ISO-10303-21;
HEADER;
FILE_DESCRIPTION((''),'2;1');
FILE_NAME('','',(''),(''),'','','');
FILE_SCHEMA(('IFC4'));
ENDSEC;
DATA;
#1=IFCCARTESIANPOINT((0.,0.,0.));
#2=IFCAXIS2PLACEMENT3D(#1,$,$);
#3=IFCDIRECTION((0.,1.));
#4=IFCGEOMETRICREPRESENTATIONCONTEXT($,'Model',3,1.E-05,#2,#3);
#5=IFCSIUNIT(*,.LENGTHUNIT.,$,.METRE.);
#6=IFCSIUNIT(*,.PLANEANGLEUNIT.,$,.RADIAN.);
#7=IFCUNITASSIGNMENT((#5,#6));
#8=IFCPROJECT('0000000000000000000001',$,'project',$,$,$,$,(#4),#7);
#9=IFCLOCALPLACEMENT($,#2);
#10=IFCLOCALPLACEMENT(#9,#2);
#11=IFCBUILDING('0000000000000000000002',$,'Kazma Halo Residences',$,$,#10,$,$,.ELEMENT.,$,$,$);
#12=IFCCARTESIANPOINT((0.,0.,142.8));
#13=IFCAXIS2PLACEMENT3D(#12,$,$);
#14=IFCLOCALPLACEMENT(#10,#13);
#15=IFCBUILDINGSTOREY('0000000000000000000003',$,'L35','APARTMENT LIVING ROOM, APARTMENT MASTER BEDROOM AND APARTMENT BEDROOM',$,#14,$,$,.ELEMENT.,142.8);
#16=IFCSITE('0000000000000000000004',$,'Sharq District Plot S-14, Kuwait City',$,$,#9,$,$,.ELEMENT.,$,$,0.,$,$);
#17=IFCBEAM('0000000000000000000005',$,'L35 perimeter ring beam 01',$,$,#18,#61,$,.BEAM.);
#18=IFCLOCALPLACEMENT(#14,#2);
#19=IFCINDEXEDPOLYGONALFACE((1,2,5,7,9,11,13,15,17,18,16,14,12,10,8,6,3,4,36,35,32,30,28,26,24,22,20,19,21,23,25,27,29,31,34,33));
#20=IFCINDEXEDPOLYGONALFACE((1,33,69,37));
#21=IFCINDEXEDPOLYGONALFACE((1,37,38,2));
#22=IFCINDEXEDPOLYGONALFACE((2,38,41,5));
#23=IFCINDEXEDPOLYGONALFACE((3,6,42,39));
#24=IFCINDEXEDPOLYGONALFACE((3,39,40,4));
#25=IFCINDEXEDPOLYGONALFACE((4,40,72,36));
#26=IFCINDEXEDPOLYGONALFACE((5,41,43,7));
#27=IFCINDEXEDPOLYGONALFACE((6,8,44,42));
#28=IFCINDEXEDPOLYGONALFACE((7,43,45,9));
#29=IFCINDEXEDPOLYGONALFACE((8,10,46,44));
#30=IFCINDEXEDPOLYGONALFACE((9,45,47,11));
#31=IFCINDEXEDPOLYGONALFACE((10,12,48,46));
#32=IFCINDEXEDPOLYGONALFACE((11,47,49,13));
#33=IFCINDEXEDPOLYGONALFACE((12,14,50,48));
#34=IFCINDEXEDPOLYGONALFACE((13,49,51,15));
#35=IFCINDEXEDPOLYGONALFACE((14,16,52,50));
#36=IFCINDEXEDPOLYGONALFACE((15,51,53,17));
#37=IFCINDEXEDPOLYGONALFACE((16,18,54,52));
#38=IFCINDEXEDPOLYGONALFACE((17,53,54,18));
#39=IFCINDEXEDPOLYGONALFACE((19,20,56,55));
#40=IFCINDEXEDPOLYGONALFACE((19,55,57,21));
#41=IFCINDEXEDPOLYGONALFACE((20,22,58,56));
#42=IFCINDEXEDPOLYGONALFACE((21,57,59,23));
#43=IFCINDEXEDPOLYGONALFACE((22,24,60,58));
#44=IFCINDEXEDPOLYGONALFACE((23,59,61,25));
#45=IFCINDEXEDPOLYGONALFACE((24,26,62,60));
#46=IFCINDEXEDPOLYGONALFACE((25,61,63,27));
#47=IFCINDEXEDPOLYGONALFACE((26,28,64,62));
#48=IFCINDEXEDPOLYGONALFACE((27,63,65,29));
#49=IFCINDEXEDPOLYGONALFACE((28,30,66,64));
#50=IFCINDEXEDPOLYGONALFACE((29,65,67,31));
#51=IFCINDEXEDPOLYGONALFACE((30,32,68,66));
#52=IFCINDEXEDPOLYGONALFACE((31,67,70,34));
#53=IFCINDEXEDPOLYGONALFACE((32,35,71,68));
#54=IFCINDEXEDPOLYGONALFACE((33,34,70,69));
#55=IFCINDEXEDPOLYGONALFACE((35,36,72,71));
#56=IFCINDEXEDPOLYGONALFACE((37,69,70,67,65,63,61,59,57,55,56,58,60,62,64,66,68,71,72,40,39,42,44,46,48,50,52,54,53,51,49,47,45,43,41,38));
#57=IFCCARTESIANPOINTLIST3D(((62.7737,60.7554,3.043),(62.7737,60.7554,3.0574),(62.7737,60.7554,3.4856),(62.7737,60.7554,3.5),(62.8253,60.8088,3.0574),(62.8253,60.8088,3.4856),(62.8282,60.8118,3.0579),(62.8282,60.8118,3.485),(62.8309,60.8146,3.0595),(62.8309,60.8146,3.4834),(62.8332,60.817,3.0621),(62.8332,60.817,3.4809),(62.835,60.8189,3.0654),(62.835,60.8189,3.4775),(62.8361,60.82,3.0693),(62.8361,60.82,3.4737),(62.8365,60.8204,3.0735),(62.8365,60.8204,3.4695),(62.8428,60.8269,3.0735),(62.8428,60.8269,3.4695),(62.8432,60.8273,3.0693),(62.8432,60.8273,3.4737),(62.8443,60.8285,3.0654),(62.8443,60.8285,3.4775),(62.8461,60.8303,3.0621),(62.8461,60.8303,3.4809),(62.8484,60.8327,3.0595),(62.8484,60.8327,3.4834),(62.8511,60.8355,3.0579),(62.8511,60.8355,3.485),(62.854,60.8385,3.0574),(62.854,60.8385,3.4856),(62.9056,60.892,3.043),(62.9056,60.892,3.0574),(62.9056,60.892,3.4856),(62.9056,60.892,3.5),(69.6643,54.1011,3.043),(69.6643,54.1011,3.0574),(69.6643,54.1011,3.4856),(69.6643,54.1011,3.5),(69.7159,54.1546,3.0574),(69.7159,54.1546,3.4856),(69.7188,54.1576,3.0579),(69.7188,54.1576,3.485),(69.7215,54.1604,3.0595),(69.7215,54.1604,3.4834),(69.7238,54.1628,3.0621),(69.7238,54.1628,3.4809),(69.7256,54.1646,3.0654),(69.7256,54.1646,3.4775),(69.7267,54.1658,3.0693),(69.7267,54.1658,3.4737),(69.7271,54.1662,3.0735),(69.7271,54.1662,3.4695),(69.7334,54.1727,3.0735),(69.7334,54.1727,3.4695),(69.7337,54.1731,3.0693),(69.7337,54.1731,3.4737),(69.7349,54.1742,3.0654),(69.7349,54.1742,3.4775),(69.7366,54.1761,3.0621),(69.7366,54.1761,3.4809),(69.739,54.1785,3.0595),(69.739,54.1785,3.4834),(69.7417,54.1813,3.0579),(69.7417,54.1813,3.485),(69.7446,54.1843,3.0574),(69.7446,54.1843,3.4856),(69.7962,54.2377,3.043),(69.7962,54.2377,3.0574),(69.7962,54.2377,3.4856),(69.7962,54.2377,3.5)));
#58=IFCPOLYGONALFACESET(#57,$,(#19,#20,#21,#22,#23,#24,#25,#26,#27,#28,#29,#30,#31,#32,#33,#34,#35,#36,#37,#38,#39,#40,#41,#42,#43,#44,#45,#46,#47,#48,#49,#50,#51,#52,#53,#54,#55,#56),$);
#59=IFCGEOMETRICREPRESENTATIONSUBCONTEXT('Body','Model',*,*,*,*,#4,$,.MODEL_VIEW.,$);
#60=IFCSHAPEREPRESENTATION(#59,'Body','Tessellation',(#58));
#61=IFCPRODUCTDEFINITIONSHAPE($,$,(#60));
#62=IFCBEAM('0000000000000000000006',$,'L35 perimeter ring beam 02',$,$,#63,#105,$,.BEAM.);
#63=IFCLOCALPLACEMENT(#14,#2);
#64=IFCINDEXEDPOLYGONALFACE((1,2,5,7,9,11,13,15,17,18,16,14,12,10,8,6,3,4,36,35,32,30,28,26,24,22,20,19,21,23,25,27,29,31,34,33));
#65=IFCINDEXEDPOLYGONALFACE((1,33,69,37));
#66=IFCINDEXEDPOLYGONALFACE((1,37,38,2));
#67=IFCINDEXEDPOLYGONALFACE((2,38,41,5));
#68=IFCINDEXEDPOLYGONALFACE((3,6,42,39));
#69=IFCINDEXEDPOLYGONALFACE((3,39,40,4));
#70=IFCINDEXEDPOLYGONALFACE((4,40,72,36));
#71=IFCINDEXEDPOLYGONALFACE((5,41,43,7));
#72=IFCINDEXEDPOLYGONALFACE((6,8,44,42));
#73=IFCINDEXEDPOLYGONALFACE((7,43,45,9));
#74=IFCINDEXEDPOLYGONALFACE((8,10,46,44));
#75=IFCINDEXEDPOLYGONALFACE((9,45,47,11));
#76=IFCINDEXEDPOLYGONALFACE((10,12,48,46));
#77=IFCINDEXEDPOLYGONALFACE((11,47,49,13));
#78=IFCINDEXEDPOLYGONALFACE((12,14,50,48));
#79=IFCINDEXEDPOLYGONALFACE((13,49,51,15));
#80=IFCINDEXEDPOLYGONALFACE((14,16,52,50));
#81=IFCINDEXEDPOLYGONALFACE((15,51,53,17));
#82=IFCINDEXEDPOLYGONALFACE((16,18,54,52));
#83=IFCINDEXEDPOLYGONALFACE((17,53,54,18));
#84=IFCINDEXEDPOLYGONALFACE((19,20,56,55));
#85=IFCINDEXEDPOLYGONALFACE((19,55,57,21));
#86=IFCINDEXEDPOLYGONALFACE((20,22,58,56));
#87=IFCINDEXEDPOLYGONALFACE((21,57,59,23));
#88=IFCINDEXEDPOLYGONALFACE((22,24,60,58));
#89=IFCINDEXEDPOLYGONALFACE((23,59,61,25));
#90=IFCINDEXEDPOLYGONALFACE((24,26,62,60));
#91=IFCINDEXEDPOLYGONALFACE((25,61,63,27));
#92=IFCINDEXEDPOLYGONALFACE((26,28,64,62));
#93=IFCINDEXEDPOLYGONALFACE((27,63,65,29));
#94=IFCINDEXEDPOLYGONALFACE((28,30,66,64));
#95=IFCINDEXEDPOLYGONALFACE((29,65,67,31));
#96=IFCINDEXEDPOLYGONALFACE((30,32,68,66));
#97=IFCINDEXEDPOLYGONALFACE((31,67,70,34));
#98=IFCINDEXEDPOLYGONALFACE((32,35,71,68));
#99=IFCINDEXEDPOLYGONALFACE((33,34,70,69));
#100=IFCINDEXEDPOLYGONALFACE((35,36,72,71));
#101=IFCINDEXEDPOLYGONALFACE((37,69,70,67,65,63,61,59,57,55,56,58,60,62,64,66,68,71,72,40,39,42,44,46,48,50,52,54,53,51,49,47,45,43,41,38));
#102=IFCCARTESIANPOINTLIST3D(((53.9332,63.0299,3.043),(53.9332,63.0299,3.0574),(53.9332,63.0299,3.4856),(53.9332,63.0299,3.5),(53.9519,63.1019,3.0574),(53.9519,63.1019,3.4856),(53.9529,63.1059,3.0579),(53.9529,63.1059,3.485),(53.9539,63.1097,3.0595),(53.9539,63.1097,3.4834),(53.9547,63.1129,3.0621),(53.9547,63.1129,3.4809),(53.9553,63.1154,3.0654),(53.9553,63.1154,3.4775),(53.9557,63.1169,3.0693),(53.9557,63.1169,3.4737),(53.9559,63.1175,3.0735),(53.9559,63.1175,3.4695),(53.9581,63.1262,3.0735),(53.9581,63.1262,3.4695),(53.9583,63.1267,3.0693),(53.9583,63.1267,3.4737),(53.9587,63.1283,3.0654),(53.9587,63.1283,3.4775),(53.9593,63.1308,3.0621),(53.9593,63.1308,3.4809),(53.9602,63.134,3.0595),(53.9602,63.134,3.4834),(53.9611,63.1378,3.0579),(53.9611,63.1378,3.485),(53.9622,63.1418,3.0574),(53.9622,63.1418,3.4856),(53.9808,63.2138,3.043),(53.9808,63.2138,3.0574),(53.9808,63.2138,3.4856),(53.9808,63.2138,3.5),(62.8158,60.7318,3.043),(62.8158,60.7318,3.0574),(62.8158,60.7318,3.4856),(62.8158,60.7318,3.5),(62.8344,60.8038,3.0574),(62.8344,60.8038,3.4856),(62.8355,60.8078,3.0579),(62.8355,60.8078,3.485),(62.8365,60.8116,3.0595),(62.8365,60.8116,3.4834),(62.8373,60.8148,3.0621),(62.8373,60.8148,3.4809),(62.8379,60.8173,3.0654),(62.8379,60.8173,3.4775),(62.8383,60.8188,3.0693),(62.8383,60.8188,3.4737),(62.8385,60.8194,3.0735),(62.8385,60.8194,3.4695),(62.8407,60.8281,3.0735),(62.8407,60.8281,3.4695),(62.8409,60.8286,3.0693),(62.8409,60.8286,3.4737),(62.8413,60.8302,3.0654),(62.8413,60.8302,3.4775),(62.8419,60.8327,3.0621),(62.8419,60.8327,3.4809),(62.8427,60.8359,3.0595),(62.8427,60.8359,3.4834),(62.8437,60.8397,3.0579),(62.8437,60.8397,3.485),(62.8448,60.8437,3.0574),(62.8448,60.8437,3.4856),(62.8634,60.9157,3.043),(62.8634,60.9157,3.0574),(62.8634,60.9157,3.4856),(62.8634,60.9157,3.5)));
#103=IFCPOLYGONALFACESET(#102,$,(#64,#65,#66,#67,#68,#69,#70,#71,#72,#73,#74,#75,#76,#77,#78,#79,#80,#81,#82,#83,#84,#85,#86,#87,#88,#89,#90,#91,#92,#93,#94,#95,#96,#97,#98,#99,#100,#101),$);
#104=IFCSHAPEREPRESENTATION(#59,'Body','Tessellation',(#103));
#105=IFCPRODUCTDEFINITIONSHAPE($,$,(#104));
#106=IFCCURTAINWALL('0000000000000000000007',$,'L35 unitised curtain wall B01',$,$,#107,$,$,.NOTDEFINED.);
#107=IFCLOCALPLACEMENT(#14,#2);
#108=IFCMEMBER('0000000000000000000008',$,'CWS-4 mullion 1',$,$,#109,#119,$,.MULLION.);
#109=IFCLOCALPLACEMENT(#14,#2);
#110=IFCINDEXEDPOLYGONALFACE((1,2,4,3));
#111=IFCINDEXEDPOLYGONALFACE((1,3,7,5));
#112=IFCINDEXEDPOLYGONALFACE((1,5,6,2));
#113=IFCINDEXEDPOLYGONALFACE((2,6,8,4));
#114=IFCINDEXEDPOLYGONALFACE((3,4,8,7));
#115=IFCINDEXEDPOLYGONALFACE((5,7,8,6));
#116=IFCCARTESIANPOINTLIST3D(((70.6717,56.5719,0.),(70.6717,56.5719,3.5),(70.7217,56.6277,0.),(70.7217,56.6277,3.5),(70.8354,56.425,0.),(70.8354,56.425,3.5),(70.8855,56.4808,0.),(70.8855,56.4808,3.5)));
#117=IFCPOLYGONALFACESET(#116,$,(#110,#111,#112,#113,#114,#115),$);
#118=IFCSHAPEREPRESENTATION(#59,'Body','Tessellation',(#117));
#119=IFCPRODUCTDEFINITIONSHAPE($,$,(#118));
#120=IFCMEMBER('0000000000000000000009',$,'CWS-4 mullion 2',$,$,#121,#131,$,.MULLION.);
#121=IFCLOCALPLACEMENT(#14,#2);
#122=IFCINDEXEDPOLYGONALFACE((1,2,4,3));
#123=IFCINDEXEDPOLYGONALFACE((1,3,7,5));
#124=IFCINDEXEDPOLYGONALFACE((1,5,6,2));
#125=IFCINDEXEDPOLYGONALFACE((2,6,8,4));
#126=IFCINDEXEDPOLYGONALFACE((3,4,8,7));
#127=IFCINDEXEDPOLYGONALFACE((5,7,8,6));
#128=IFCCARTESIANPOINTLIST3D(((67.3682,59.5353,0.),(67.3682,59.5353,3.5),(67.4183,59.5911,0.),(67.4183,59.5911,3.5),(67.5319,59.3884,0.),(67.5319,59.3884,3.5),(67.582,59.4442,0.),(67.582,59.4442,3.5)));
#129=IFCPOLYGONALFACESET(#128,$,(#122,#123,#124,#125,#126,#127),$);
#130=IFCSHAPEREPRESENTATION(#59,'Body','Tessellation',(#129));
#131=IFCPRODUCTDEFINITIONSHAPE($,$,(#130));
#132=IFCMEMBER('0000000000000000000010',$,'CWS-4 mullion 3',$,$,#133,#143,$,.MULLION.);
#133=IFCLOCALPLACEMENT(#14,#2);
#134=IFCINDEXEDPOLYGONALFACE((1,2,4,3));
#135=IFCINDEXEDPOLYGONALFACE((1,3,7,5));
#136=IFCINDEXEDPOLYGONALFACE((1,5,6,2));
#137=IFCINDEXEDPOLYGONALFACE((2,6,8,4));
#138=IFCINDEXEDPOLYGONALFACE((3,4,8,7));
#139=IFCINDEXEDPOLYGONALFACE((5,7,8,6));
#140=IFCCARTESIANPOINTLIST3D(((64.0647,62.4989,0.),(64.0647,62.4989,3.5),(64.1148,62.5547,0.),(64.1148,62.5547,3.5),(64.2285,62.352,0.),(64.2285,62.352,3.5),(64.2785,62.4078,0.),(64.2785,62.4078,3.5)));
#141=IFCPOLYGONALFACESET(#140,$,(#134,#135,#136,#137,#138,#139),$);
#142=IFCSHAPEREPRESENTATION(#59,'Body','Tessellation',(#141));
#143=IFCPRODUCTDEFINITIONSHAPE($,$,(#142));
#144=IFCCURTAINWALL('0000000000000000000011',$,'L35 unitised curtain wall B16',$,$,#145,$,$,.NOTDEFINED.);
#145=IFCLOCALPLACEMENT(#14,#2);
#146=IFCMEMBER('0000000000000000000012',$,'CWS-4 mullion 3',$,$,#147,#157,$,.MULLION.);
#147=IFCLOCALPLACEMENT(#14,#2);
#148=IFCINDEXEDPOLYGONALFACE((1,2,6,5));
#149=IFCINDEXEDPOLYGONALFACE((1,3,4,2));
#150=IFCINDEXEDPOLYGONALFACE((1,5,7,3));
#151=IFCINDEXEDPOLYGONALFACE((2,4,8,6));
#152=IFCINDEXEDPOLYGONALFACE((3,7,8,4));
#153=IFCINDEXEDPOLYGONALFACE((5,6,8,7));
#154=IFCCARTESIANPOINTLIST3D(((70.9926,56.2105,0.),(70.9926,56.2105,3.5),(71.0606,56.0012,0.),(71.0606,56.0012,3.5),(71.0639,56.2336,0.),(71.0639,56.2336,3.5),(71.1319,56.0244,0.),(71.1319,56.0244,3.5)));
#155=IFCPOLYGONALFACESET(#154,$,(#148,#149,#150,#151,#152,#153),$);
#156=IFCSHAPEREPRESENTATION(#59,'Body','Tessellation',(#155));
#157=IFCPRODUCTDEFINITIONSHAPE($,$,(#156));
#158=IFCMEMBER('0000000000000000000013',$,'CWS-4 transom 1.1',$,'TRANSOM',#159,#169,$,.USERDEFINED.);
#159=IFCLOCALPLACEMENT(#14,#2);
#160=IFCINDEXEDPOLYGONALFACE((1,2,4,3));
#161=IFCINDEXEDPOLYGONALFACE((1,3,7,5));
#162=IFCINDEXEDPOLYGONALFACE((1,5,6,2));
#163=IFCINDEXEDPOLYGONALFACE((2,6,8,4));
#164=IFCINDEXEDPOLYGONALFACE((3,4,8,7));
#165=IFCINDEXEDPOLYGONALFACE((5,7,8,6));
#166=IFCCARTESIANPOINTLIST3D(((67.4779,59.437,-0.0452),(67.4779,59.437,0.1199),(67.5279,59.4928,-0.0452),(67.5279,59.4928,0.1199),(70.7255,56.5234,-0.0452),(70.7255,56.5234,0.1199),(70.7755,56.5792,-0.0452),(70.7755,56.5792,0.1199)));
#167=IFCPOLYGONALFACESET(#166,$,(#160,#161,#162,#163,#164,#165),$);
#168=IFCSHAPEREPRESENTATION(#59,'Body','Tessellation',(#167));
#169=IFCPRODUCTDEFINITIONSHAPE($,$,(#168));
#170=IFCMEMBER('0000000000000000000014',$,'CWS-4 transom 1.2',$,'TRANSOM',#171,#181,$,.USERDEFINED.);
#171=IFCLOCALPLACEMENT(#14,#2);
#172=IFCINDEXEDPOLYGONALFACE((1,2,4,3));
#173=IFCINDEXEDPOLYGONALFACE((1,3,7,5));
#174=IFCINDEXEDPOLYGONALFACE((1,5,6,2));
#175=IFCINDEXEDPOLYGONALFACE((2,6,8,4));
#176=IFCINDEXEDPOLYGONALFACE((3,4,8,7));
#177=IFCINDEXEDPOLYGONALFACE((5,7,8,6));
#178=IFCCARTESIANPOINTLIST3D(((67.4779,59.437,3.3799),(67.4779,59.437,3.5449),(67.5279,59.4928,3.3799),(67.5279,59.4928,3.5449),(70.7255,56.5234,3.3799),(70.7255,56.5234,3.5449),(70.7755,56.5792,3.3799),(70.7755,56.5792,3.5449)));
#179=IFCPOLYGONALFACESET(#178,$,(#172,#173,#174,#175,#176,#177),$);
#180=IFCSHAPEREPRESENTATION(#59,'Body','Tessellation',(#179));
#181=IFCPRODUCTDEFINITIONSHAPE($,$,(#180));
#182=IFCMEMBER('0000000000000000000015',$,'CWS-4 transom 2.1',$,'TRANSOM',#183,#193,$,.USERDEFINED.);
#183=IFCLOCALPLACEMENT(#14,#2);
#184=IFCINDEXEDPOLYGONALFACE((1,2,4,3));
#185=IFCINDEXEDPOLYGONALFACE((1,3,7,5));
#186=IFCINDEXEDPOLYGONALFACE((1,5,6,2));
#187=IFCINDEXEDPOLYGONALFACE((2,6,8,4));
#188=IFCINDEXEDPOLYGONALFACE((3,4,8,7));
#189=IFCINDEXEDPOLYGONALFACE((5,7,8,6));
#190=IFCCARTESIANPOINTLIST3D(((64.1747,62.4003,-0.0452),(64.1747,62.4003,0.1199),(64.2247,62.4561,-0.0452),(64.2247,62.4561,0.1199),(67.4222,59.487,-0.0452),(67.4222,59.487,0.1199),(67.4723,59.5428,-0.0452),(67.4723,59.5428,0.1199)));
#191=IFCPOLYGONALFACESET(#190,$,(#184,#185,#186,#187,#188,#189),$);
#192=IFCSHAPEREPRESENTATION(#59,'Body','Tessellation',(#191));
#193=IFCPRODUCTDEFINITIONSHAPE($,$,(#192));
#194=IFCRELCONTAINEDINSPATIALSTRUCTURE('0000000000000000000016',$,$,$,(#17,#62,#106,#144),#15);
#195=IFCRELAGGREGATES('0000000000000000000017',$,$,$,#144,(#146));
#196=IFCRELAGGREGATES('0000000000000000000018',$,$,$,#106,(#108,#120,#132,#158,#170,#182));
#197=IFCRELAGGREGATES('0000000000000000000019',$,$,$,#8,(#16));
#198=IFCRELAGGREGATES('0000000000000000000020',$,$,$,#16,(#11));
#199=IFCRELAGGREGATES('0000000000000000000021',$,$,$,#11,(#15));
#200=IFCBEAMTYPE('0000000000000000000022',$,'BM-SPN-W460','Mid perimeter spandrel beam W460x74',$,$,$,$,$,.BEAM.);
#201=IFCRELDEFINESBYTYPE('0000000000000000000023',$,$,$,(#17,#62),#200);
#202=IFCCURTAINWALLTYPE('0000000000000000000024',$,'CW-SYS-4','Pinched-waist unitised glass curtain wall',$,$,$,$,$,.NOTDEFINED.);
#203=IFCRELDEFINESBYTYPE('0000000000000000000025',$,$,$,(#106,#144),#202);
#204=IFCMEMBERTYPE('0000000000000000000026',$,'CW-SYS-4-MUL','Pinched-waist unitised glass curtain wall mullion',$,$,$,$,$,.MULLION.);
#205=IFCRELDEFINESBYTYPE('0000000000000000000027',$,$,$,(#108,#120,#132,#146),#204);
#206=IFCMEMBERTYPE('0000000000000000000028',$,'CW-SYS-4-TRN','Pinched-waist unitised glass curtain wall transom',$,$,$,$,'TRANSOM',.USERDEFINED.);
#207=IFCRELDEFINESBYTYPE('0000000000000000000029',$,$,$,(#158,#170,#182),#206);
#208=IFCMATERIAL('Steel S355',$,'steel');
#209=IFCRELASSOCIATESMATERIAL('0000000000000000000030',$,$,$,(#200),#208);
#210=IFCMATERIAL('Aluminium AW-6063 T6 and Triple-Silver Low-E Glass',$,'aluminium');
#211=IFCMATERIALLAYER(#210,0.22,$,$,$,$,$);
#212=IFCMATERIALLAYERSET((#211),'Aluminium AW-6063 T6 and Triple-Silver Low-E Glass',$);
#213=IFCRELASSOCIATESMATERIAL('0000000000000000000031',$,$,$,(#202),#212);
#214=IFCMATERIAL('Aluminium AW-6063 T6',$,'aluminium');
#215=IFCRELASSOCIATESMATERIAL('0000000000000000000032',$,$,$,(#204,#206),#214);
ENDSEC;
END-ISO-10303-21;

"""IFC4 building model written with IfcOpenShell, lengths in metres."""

from ifc_helpers import new_model, si_unit, direction, frame, origin, origin_2d, place, context, subcontext, project, spatial, rectangle, i_section, extrude, material, layer, layer_set, material_profile, profile_set, type_object, element, aggregate, save


model = new_model("IFC4")

# Units and contexts
model_context = context("Model", 3, precision=1e-05, world=origin(), true_north=direction((0.0, 1.0)))
body_context = subcontext(model_context, "Body", "Model", "MODEL_VIEW")
ifc_project = project(units=[si_unit("LENGTHUNIT", "METRE"), si_unit("PLANEANGLEUNIT", "RADIAN")], contexts=[model_context])

# Site, building, storey
site_placement = place(None, origin())
site = spatial("IfcSite", under=ifc_project, at=site_placement, Name="Sharq District Plot S-14, Kuwait City", CompositionType="ELEMENT", RefElevation=0.0)
building_placement = place(site_placement, origin())
building = spatial("IfcBuilding", under=site, at=building_placement, Name="Kazma Halo Residences", CompositionType="ELEMENT")
storey_placement = place(building_placement, frame((0.0, 0.0, 142.8)))
storey = spatial("IfcBuildingStorey", under=building, at=storey_placement, Name="L35", Description="APARTMENT LIVING ROOM, APARTMENT MASTER BEDROOM AND APARTMENT BEDROOM", CompositionType="ELEMENT", Elevation=142.8)

# Beams
ifc_material_1 = material(Name="Steel S355", Category="steel")
ifc_material_profile_1 = material_profile(ifc_material_1, i_section(OverallWidth=0.1899, OverallDepth=0.457, WebThickness=0.009, FlangeThickness=0.0144, FilletRadius=0.0161, at=origin_2d()), Name="W460x74")
ifc_profile_set_1 = profile_set([ifc_material_profile_1], Name="Steel S355")
beam_type_1 = type_object("IfcBeamType", Name="BM-SPN-W460", Description="Mid perimeter spandrel beam W460x74", PredefinedType="BEAM", material=ifc_profile_set_1)
beam_1_placement = place(storey_placement, frame((69.7302, 54.1694, 3.2715), z_axis=(-0.719335, 0.694664, 0.0), x_axis=(-0.694664, -0.719335, 0.0)))
element("IfcBeam", 1, at=beam_1_placement, inside=storey, type_object=beam_type_1, Name="L35 perimeter ring beam 01", PredefinedType="BEAM", context=body_context, shape_type="SweptSolid", body=[
    extrude(i_section(OverallWidth=0.1899, OverallDepth=0.457, WebThickness=0.009, FlangeThickness=0.0144, FilletRadius=0.0161, at=origin_2d()), origin(), (0.0, 0.0, 1.0), 9.5791),
])
beam_2_placement = place(storey_placement, frame((62.8396, 60.8237, 3.2715), z_axis=(-0.968124, 0.250473, 0.0), x_axis=(-0.250473, -0.968124, 0.0)))
element("IfcBeam", 2, at=beam_2_placement, inside=storey, type_object=beam_type_1, Name="L35 perimeter ring beam 02", PredefinedType="BEAM", context=body_context, shape_type="SweptSolid", body=[
    extrude(i_section(OverallWidth=0.1899, OverallDepth=0.457, WebThickness=0.009, FlangeThickness=0.0144, FilletRadius=0.0161, at=origin_2d()), origin(), (0.0, 0.0, 1.0), 9.175),
])

# Curtain wall, members
ifc_material_2 = material(Name="Aluminium AW-6063 T6 and Triple-Silver Low-E Glass", Category="aluminium")
ifc_layer_1 = layer(ifc_material_2, 0.22)
ifc_layer_set_1 = layer_set([ifc_layer_1], Name="Aluminium AW-6063 T6 and Triple-Silver Low-E Glass")
curtain_wall_type = type_object("IfcCurtainWallType", Name="CW-SYS-4", Description="Pinched-waist unitised glass curtain wall", PredefinedType="NOTDEFINED", material=ifc_layer_set_1)
curtain_wall_1_placement = place(storey_placement, origin())
curtain_wall_1 = element("IfcCurtainWall", 3, at=curtain_wall_1_placement, inside=storey, type_object=curtain_wall_type, Name="L35 unitised curtain wall B01", PredefinedType="NOTDEFINED")
ifc_material_3 = material(Name="Aluminium AW-6063 T6", Category="aluminium")
ifc_material_profile_2 = material_profile(ifc_material_3, rectangle(XDim=0.075, YDim=0.22, at=origin_2d()), Name="CWM-75x220")
ifc_profile_set_2 = profile_set([ifc_material_profile_2], Name="Aluminium AW-6063 T6")
member_type_1 = type_object("IfcMemberType", Name="CW-SYS-4-MUL", Description="Pinched-waist unitised glass curtain wall mullion", PredefinedType="MULLION", material=ifc_profile_set_2)
member_1_placement = place(storey_placement, frame((70.7786, 56.5264, 0.0), z_axis=(0.0, 0.0, 1.0), x_axis=(-0.66777, -0.744368, 0.0)))
member_1 = element("IfcMember", 4, at=member_1_placement, type_object=member_type_1, Name="CWS-4 mullion 1", PredefinedType="MULLION", context=body_context, shape_type="SweptSolid", body=[
    extrude(rectangle(XDim=0.075, YDim=0.22, at=origin_2d()), origin(), (0.0, 0.0, 1.0), 3.5),
])
member_2_placement = place(storey_placement, frame((67.4751, 59.4897, 0.0), z_axis=(0.0, 0.0, 1.0), x_axis=(-0.66777, -0.744368, 0.0)))
member_2 = element("IfcMember", 5, at=member_2_placement, type_object=member_type_1, Name="CWS-4 mullion 2", PredefinedType="MULLION", context=body_context, shape_type="SweptSolid", body=[
    extrude(rectangle(XDim=0.075, YDim=0.22, at=origin_2d()), origin(), (0.0, 0.0, 1.0), 3.5),
])
member_3_placement = place(storey_placement, frame((64.1716, 62.4534, 0.0), z_axis=(0.0, 0.0, 1.0), x_axis=(-0.66777, -0.744368, 0.0)))
member_3 = element("IfcMember", 6, at=member_3_placement, type_object=member_type_1, Name="CWS-4 mullion 3", PredefinedType="MULLION", context=body_context, shape_type="SweptSolid", body=[
    extrude(rectangle(XDim=0.075, YDim=0.22, at=origin_2d()), origin(), (0.0, 0.0, 1.0), 3.5),
])

# Curtain wall, member
curtain_wall_2_placement = place(storey_placement, origin())
curtain_wall_2 = element("IfcCurtainWall", 7, at=curtain_wall_2_placement, inside=storey, type_object=curtain_wall_type, Name="L35 unitised curtain wall B16", PredefinedType="NOTDEFINED")
member_4_placement = place(storey_placement, frame((71.0623, 56.1174, 0.0), z_axis=(0.0, 0.0, 1.0), x_axis=(-0.951058, -0.309014, 0.0)))
member_4 = element("IfcMember", 8, at=member_4_placement, type_object=member_type_1, Name="CWS-4 mullion 3", PredefinedType="MULLION", context=body_context, shape_type="SweptSolid", body=[
    extrude(rectangle(XDim=0.075, YDim=0.22, at=origin_2d()), origin(), (0.0, 0.0, 1.0), 3.5),
])
aggregate(curtain_wall_2, [member_4])

# Members
ifc_material_profile_3 = material_profile(ifc_material_3, rectangle(XDim=0.075, YDim=0.165, at=origin_2d()), Name="CWT-75x165")
ifc_profile_set_3 = profile_set([ifc_material_profile_3], Name="Aluminium AW-6063 T6")
member_type_2 = type_object("IfcMemberType", Name="CW-SYS-4-TRN", Description="Pinched-waist unitised glass curtain wall transom", ElementType="TRANSOM", PredefinedType="USERDEFINED", material=ifc_profile_set_3)
member_5_placement = place(storey_placement, frame((70.7505, 56.5513, 0.0374), z_axis=(-0.744345, 0.667795, 0.0), x_axis=(-0.667795, -0.744345, 0.0)))
member_5 = element("IfcMember", 9, at=member_5_placement, type_object=member_type_2, Name="CWS-4 transom 1.1", ObjectType="TRANSOM", PredefinedType="USERDEFINED", context=body_context, shape_type="SweptSolid", body=[
    extrude(rectangle(XDim=0.075, YDim=0.165, at=origin_2d()), origin(), (0.0, 0.0, 1.0), 4.363),
])
member_6_placement = place(storey_placement, frame((70.7505, 56.5513, 3.4624), z_axis=(-0.744345, 0.667795, 0.0), x_axis=(-0.667795, -0.744345, 0.0)))
member_6 = element("IfcMember", 10, at=member_6_placement, type_object=member_type_2, Name="CWS-4 transom 1.2", ObjectType="TRANSOM", PredefinedType="USERDEFINED", context=body_context, shape_type="SweptSolid", body=[
    extrude(rectangle(XDim=0.075, YDim=0.165, at=origin_2d()), origin(), (0.0, 0.0, 1.0), 4.363),
])
member_7_placement = place(storey_placement, frame((67.4473, 59.5149, 0.0374), z_axis=(-0.744373, 0.667764, 0.0), x_axis=(-0.667764, -0.744373, 0.0)))
member_7 = element("IfcMember", 11, at=member_7_placement, type_object=member_type_2, Name="CWS-4 transom 2.1", ObjectType="TRANSOM", PredefinedType="USERDEFINED", context=body_context, shape_type="SweptSolid", body=[
    extrude(rectangle(XDim=0.075, YDim=0.165, at=origin_2d()), origin(), (0.0, 0.0, 1.0), 4.3628),
])

aggregate(curtain_wall_1, [member_1, member_2, member_3, member_5, member_6, member_7])

save(model, "model.ifc")
